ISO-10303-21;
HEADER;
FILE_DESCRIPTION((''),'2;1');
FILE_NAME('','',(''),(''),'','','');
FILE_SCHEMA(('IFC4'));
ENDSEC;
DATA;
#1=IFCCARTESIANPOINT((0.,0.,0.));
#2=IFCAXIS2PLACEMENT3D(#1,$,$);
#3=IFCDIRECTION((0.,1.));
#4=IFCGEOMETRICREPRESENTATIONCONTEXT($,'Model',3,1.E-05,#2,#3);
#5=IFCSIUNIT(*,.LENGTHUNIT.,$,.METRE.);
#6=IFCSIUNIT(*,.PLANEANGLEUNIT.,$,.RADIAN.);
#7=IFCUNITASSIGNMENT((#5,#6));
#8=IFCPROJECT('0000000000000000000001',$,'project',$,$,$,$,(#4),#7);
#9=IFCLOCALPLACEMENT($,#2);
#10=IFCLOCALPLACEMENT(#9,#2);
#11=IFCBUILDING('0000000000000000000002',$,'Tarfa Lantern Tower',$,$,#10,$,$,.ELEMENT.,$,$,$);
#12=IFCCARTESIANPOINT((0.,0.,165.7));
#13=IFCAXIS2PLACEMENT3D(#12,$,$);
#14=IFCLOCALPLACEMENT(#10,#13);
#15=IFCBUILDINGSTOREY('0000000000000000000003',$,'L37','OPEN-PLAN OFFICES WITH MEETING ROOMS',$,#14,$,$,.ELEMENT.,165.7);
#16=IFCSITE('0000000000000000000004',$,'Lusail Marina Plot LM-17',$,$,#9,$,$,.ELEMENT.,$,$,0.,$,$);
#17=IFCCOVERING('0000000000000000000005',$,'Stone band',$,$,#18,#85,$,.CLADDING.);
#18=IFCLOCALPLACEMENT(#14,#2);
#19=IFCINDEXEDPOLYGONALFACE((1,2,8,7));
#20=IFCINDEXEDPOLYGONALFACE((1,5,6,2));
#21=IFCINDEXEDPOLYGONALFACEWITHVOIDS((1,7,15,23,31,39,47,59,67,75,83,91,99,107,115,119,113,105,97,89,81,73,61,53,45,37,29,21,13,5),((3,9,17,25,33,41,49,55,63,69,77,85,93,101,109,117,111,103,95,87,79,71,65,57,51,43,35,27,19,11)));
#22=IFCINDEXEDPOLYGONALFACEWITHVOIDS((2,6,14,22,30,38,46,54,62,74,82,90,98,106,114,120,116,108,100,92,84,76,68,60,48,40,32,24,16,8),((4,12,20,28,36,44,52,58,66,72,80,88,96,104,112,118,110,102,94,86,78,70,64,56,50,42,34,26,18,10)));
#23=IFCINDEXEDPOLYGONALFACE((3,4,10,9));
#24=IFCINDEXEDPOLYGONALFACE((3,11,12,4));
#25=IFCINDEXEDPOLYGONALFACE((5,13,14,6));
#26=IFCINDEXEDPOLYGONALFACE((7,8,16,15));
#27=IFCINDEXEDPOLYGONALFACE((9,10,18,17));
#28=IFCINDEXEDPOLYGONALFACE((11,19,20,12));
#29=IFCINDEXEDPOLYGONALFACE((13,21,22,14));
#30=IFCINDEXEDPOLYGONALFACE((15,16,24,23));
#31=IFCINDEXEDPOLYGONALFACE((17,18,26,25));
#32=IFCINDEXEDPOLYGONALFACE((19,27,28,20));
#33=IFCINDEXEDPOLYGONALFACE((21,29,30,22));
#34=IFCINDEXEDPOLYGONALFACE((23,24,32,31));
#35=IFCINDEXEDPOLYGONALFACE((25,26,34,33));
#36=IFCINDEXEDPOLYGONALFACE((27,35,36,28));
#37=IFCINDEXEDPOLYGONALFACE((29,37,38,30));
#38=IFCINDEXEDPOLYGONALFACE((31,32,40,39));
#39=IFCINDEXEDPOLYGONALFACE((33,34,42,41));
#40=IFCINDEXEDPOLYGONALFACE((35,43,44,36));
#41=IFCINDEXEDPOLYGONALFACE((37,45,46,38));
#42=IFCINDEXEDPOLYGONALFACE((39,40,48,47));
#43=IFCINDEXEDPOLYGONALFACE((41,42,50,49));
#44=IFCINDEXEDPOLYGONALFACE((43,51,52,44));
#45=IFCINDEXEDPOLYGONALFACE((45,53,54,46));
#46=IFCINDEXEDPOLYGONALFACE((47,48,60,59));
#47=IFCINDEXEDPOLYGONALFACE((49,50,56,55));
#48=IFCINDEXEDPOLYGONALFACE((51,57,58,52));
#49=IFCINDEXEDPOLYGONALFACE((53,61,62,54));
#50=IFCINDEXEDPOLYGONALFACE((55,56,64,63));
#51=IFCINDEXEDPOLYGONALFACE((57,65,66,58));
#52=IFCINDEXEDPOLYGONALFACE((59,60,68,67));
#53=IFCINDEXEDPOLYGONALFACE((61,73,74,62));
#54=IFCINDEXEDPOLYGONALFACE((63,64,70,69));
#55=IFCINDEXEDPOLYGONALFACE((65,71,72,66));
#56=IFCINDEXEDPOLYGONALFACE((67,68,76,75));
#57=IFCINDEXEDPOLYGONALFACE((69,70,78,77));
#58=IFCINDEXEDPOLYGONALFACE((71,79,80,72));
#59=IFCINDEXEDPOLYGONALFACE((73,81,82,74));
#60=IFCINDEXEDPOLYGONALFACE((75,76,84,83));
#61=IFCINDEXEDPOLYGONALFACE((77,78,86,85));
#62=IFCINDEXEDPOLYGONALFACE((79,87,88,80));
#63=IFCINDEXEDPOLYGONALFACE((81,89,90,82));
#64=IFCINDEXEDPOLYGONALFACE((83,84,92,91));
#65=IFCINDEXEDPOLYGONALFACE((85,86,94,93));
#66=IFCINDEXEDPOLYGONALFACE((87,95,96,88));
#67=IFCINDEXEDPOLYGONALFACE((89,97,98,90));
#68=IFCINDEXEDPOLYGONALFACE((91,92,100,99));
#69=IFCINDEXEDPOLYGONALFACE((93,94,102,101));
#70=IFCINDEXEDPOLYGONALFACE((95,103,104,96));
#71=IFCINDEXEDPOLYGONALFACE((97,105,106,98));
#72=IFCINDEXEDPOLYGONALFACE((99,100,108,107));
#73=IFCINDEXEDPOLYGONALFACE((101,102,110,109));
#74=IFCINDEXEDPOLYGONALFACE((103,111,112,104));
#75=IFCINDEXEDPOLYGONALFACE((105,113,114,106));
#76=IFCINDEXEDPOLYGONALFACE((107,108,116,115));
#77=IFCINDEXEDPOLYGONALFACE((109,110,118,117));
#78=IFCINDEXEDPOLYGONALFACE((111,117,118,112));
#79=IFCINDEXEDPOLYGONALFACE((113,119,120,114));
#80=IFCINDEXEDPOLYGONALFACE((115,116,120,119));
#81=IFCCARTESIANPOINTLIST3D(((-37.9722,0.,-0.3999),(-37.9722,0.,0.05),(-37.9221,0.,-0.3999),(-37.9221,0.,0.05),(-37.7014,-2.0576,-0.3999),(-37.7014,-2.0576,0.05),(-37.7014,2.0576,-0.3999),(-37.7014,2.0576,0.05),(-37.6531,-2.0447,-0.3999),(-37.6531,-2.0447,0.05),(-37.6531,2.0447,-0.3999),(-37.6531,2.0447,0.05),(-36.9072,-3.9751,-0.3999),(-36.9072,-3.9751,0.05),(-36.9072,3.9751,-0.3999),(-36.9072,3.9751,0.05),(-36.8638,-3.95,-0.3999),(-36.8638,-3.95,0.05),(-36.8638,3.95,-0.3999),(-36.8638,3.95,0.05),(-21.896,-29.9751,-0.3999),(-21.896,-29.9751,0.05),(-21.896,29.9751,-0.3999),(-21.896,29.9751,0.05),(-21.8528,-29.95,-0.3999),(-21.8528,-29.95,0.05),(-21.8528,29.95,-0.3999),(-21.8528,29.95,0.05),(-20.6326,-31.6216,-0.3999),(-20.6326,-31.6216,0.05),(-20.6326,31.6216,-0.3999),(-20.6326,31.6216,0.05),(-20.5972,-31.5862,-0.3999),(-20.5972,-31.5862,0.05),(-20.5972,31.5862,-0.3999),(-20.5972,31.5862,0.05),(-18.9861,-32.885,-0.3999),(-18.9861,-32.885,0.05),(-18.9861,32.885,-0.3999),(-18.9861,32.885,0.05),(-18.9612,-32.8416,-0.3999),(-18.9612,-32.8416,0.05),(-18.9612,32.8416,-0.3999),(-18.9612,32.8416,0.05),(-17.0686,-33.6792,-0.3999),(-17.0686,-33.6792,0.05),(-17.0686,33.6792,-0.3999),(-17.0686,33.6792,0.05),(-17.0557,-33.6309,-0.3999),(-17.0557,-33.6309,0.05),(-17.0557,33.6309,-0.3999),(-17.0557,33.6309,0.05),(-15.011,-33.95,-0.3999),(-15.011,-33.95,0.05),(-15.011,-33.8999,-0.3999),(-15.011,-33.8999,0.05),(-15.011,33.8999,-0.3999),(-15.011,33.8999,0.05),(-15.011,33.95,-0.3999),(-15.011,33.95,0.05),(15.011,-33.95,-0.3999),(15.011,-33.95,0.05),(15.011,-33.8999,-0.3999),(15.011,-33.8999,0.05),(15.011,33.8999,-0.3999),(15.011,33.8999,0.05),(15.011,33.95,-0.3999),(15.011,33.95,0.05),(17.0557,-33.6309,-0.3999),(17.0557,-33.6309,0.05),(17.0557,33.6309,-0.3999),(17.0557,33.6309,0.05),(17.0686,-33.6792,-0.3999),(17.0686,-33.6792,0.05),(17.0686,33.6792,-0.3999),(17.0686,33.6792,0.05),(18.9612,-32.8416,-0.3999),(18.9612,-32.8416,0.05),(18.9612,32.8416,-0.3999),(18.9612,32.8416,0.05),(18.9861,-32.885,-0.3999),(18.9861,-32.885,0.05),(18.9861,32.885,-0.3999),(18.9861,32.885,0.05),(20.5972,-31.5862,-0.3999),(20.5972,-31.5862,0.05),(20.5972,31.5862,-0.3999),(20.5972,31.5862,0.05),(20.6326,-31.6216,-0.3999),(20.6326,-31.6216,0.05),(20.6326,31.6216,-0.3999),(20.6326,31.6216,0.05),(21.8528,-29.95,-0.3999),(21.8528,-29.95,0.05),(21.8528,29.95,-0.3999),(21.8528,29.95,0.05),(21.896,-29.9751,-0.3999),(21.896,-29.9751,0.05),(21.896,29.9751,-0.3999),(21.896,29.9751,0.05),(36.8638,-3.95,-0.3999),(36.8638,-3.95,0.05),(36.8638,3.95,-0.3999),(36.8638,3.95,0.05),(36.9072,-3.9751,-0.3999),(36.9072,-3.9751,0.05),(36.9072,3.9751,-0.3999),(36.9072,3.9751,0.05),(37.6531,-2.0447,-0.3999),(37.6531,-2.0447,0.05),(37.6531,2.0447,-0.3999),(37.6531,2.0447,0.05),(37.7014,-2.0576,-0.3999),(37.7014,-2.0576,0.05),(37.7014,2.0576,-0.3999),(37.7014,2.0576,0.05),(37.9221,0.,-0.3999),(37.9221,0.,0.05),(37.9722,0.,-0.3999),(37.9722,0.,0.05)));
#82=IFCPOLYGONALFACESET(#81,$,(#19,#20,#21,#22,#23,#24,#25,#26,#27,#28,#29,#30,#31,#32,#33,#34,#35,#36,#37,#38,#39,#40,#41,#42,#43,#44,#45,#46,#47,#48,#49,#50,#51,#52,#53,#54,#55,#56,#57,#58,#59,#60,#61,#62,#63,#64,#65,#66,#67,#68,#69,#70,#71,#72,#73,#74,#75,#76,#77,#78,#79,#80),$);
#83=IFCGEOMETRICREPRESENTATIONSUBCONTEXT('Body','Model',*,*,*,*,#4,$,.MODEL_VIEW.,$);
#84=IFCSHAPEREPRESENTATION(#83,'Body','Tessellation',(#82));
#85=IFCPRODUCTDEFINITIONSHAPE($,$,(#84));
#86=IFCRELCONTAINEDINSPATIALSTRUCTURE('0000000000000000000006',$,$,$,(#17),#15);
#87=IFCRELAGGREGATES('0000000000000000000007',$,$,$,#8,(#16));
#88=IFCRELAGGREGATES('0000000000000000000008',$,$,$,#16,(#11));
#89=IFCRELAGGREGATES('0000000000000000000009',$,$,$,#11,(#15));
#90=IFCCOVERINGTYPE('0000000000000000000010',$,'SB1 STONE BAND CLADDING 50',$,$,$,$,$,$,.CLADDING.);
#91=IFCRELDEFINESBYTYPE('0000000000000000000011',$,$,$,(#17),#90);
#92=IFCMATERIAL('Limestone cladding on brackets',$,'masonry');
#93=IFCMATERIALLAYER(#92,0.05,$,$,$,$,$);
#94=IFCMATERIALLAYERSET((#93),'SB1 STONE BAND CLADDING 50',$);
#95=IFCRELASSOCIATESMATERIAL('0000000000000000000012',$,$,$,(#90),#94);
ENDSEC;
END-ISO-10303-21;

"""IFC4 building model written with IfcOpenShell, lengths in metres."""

from ifc_helpers import new_model, si_unit, direction, frame, origin, place, context, subcontext, project, spatial, polyline, outline, extrude, material, layer, layer_set, type_object, element, save


model = new_model("IFC4")

# Units and contexts
model_context = context("Model", 3, precision=1e-05, world=origin(), true_north=direction((0.0, 1.0)))
body_context = subcontext(model_context, "Body", "Model", "MODEL_VIEW")
ifc_project = project(units=[si_unit("LENGTHUNIT", "METRE"), si_unit("PLANEANGLEUNIT", "RADIAN")], contexts=[model_context])

# Site, building, storey
site_placement = place(None, origin())
site = spatial("IfcSite", under=ifc_project, at=site_placement, Name="Lusail Marina Plot LM-17", CompositionType="ELEMENT", RefElevation=0.0)
building_placement = place(site_placement, origin())
building = spatial("IfcBuilding", under=site, at=building_placement, Name="Tarfa Lantern Tower", CompositionType="ELEMENT")
storey_placement = place(building_placement, frame((0.0, 0.0, 165.7)))
storey = spatial("IfcBuildingStorey", under=building, at=storey_placement, Name="L37", Description="OPEN-PLAN OFFICES WITH MEETING ROOMS", CompositionType="ELEMENT", Elevation=165.7)

# Covering
ifc_material_1 = material(Name="Limestone cladding on brackets", Category="masonry")
ifc_layer_1 = layer(ifc_material_1, 0.05)
ifc_layer_set_1 = layer_set([ifc_layer_1], Name="SB1 STONE BAND CLADDING 50")
covering_type_1 = type_object("IfcCoveringType", Name="SB1 STONE BAND CLADDING 50", PredefinedType="CLADDING", material=ifc_layer_set_1)
covering_1_placement = place(storey_placement, frame((0.0, 0.0, -0.3999)))
element("IfcCovering", 1, at=covering_1_placement, inside=storey, type_object=covering_type_1, Name="Stone band", PredefinedType="CLADDING", context=body_context, shape_type="SweptSolid", body=[
    extrude(outline(polyline([(36.9072, 3.9751), (21.896, 29.9751), (20.6326, 31.6216), (18.9861, 32.885), (17.0686, 33.6792), (15.011, 33.95), (-15.011, 33.95), (-17.0686, 33.6792), (-18.9861, 32.885), (-20.6326, 31.6216), (-21.896, 29.9751), (-36.9072, 3.9751), (-37.7014, 2.0576), (-37.9722, 0.0), (-37.7014, -2.0576), (-36.9072, -3.9751), (-21.896, -29.9751), (-20.6326, -31.6216), (-18.9861, -32.885), (-17.0686, -33.6792), (-15.011, -33.95), (15.011, -33.95), (17.0686, -33.6792), (18.9861, -32.885), (20.6326, -31.6216), (21.896, -29.9751), (36.9072, -3.9751), (37.7014, -2.0576), (37.9722, 0.0), (37.7014, 2.0576), (36.9072, 3.9751)]), holes=[polyline([(36.8638, 3.95), (21.8528, 29.95), (20.5972, 31.5862), (18.9612, 32.8416), (17.0557, 33.6309), (15.011, 33.8999), (-15.011, 33.8999), (-17.0557, 33.6309), (-18.9612, 32.8416), (-20.5972, 31.5862), (-21.8528, 29.95), (-36.8638, 3.95), (-37.6531, 2.0447), (-37.9221, 0.0), (-37.6531, -2.0447), (-36.8638, -3.95), (-21.8528, -29.95), (-20.5972, -31.5862), (-18.9612, -32.8416), (-17.0557, -33.6309), (-15.011, -33.8999), (15.011, -33.8999), (17.0557, -33.6309), (18.9612, -32.8416), (20.5972, -31.5862), (21.8528, -29.95), (36.8638, -3.95), (37.6531, -2.0447), (37.9221, 0.0), (37.6531, 2.0447), (36.8638, 3.95)])]), origin(), (0.0, 0.0, 1.0), 0.45),
])

save(model, "model.ifc")
